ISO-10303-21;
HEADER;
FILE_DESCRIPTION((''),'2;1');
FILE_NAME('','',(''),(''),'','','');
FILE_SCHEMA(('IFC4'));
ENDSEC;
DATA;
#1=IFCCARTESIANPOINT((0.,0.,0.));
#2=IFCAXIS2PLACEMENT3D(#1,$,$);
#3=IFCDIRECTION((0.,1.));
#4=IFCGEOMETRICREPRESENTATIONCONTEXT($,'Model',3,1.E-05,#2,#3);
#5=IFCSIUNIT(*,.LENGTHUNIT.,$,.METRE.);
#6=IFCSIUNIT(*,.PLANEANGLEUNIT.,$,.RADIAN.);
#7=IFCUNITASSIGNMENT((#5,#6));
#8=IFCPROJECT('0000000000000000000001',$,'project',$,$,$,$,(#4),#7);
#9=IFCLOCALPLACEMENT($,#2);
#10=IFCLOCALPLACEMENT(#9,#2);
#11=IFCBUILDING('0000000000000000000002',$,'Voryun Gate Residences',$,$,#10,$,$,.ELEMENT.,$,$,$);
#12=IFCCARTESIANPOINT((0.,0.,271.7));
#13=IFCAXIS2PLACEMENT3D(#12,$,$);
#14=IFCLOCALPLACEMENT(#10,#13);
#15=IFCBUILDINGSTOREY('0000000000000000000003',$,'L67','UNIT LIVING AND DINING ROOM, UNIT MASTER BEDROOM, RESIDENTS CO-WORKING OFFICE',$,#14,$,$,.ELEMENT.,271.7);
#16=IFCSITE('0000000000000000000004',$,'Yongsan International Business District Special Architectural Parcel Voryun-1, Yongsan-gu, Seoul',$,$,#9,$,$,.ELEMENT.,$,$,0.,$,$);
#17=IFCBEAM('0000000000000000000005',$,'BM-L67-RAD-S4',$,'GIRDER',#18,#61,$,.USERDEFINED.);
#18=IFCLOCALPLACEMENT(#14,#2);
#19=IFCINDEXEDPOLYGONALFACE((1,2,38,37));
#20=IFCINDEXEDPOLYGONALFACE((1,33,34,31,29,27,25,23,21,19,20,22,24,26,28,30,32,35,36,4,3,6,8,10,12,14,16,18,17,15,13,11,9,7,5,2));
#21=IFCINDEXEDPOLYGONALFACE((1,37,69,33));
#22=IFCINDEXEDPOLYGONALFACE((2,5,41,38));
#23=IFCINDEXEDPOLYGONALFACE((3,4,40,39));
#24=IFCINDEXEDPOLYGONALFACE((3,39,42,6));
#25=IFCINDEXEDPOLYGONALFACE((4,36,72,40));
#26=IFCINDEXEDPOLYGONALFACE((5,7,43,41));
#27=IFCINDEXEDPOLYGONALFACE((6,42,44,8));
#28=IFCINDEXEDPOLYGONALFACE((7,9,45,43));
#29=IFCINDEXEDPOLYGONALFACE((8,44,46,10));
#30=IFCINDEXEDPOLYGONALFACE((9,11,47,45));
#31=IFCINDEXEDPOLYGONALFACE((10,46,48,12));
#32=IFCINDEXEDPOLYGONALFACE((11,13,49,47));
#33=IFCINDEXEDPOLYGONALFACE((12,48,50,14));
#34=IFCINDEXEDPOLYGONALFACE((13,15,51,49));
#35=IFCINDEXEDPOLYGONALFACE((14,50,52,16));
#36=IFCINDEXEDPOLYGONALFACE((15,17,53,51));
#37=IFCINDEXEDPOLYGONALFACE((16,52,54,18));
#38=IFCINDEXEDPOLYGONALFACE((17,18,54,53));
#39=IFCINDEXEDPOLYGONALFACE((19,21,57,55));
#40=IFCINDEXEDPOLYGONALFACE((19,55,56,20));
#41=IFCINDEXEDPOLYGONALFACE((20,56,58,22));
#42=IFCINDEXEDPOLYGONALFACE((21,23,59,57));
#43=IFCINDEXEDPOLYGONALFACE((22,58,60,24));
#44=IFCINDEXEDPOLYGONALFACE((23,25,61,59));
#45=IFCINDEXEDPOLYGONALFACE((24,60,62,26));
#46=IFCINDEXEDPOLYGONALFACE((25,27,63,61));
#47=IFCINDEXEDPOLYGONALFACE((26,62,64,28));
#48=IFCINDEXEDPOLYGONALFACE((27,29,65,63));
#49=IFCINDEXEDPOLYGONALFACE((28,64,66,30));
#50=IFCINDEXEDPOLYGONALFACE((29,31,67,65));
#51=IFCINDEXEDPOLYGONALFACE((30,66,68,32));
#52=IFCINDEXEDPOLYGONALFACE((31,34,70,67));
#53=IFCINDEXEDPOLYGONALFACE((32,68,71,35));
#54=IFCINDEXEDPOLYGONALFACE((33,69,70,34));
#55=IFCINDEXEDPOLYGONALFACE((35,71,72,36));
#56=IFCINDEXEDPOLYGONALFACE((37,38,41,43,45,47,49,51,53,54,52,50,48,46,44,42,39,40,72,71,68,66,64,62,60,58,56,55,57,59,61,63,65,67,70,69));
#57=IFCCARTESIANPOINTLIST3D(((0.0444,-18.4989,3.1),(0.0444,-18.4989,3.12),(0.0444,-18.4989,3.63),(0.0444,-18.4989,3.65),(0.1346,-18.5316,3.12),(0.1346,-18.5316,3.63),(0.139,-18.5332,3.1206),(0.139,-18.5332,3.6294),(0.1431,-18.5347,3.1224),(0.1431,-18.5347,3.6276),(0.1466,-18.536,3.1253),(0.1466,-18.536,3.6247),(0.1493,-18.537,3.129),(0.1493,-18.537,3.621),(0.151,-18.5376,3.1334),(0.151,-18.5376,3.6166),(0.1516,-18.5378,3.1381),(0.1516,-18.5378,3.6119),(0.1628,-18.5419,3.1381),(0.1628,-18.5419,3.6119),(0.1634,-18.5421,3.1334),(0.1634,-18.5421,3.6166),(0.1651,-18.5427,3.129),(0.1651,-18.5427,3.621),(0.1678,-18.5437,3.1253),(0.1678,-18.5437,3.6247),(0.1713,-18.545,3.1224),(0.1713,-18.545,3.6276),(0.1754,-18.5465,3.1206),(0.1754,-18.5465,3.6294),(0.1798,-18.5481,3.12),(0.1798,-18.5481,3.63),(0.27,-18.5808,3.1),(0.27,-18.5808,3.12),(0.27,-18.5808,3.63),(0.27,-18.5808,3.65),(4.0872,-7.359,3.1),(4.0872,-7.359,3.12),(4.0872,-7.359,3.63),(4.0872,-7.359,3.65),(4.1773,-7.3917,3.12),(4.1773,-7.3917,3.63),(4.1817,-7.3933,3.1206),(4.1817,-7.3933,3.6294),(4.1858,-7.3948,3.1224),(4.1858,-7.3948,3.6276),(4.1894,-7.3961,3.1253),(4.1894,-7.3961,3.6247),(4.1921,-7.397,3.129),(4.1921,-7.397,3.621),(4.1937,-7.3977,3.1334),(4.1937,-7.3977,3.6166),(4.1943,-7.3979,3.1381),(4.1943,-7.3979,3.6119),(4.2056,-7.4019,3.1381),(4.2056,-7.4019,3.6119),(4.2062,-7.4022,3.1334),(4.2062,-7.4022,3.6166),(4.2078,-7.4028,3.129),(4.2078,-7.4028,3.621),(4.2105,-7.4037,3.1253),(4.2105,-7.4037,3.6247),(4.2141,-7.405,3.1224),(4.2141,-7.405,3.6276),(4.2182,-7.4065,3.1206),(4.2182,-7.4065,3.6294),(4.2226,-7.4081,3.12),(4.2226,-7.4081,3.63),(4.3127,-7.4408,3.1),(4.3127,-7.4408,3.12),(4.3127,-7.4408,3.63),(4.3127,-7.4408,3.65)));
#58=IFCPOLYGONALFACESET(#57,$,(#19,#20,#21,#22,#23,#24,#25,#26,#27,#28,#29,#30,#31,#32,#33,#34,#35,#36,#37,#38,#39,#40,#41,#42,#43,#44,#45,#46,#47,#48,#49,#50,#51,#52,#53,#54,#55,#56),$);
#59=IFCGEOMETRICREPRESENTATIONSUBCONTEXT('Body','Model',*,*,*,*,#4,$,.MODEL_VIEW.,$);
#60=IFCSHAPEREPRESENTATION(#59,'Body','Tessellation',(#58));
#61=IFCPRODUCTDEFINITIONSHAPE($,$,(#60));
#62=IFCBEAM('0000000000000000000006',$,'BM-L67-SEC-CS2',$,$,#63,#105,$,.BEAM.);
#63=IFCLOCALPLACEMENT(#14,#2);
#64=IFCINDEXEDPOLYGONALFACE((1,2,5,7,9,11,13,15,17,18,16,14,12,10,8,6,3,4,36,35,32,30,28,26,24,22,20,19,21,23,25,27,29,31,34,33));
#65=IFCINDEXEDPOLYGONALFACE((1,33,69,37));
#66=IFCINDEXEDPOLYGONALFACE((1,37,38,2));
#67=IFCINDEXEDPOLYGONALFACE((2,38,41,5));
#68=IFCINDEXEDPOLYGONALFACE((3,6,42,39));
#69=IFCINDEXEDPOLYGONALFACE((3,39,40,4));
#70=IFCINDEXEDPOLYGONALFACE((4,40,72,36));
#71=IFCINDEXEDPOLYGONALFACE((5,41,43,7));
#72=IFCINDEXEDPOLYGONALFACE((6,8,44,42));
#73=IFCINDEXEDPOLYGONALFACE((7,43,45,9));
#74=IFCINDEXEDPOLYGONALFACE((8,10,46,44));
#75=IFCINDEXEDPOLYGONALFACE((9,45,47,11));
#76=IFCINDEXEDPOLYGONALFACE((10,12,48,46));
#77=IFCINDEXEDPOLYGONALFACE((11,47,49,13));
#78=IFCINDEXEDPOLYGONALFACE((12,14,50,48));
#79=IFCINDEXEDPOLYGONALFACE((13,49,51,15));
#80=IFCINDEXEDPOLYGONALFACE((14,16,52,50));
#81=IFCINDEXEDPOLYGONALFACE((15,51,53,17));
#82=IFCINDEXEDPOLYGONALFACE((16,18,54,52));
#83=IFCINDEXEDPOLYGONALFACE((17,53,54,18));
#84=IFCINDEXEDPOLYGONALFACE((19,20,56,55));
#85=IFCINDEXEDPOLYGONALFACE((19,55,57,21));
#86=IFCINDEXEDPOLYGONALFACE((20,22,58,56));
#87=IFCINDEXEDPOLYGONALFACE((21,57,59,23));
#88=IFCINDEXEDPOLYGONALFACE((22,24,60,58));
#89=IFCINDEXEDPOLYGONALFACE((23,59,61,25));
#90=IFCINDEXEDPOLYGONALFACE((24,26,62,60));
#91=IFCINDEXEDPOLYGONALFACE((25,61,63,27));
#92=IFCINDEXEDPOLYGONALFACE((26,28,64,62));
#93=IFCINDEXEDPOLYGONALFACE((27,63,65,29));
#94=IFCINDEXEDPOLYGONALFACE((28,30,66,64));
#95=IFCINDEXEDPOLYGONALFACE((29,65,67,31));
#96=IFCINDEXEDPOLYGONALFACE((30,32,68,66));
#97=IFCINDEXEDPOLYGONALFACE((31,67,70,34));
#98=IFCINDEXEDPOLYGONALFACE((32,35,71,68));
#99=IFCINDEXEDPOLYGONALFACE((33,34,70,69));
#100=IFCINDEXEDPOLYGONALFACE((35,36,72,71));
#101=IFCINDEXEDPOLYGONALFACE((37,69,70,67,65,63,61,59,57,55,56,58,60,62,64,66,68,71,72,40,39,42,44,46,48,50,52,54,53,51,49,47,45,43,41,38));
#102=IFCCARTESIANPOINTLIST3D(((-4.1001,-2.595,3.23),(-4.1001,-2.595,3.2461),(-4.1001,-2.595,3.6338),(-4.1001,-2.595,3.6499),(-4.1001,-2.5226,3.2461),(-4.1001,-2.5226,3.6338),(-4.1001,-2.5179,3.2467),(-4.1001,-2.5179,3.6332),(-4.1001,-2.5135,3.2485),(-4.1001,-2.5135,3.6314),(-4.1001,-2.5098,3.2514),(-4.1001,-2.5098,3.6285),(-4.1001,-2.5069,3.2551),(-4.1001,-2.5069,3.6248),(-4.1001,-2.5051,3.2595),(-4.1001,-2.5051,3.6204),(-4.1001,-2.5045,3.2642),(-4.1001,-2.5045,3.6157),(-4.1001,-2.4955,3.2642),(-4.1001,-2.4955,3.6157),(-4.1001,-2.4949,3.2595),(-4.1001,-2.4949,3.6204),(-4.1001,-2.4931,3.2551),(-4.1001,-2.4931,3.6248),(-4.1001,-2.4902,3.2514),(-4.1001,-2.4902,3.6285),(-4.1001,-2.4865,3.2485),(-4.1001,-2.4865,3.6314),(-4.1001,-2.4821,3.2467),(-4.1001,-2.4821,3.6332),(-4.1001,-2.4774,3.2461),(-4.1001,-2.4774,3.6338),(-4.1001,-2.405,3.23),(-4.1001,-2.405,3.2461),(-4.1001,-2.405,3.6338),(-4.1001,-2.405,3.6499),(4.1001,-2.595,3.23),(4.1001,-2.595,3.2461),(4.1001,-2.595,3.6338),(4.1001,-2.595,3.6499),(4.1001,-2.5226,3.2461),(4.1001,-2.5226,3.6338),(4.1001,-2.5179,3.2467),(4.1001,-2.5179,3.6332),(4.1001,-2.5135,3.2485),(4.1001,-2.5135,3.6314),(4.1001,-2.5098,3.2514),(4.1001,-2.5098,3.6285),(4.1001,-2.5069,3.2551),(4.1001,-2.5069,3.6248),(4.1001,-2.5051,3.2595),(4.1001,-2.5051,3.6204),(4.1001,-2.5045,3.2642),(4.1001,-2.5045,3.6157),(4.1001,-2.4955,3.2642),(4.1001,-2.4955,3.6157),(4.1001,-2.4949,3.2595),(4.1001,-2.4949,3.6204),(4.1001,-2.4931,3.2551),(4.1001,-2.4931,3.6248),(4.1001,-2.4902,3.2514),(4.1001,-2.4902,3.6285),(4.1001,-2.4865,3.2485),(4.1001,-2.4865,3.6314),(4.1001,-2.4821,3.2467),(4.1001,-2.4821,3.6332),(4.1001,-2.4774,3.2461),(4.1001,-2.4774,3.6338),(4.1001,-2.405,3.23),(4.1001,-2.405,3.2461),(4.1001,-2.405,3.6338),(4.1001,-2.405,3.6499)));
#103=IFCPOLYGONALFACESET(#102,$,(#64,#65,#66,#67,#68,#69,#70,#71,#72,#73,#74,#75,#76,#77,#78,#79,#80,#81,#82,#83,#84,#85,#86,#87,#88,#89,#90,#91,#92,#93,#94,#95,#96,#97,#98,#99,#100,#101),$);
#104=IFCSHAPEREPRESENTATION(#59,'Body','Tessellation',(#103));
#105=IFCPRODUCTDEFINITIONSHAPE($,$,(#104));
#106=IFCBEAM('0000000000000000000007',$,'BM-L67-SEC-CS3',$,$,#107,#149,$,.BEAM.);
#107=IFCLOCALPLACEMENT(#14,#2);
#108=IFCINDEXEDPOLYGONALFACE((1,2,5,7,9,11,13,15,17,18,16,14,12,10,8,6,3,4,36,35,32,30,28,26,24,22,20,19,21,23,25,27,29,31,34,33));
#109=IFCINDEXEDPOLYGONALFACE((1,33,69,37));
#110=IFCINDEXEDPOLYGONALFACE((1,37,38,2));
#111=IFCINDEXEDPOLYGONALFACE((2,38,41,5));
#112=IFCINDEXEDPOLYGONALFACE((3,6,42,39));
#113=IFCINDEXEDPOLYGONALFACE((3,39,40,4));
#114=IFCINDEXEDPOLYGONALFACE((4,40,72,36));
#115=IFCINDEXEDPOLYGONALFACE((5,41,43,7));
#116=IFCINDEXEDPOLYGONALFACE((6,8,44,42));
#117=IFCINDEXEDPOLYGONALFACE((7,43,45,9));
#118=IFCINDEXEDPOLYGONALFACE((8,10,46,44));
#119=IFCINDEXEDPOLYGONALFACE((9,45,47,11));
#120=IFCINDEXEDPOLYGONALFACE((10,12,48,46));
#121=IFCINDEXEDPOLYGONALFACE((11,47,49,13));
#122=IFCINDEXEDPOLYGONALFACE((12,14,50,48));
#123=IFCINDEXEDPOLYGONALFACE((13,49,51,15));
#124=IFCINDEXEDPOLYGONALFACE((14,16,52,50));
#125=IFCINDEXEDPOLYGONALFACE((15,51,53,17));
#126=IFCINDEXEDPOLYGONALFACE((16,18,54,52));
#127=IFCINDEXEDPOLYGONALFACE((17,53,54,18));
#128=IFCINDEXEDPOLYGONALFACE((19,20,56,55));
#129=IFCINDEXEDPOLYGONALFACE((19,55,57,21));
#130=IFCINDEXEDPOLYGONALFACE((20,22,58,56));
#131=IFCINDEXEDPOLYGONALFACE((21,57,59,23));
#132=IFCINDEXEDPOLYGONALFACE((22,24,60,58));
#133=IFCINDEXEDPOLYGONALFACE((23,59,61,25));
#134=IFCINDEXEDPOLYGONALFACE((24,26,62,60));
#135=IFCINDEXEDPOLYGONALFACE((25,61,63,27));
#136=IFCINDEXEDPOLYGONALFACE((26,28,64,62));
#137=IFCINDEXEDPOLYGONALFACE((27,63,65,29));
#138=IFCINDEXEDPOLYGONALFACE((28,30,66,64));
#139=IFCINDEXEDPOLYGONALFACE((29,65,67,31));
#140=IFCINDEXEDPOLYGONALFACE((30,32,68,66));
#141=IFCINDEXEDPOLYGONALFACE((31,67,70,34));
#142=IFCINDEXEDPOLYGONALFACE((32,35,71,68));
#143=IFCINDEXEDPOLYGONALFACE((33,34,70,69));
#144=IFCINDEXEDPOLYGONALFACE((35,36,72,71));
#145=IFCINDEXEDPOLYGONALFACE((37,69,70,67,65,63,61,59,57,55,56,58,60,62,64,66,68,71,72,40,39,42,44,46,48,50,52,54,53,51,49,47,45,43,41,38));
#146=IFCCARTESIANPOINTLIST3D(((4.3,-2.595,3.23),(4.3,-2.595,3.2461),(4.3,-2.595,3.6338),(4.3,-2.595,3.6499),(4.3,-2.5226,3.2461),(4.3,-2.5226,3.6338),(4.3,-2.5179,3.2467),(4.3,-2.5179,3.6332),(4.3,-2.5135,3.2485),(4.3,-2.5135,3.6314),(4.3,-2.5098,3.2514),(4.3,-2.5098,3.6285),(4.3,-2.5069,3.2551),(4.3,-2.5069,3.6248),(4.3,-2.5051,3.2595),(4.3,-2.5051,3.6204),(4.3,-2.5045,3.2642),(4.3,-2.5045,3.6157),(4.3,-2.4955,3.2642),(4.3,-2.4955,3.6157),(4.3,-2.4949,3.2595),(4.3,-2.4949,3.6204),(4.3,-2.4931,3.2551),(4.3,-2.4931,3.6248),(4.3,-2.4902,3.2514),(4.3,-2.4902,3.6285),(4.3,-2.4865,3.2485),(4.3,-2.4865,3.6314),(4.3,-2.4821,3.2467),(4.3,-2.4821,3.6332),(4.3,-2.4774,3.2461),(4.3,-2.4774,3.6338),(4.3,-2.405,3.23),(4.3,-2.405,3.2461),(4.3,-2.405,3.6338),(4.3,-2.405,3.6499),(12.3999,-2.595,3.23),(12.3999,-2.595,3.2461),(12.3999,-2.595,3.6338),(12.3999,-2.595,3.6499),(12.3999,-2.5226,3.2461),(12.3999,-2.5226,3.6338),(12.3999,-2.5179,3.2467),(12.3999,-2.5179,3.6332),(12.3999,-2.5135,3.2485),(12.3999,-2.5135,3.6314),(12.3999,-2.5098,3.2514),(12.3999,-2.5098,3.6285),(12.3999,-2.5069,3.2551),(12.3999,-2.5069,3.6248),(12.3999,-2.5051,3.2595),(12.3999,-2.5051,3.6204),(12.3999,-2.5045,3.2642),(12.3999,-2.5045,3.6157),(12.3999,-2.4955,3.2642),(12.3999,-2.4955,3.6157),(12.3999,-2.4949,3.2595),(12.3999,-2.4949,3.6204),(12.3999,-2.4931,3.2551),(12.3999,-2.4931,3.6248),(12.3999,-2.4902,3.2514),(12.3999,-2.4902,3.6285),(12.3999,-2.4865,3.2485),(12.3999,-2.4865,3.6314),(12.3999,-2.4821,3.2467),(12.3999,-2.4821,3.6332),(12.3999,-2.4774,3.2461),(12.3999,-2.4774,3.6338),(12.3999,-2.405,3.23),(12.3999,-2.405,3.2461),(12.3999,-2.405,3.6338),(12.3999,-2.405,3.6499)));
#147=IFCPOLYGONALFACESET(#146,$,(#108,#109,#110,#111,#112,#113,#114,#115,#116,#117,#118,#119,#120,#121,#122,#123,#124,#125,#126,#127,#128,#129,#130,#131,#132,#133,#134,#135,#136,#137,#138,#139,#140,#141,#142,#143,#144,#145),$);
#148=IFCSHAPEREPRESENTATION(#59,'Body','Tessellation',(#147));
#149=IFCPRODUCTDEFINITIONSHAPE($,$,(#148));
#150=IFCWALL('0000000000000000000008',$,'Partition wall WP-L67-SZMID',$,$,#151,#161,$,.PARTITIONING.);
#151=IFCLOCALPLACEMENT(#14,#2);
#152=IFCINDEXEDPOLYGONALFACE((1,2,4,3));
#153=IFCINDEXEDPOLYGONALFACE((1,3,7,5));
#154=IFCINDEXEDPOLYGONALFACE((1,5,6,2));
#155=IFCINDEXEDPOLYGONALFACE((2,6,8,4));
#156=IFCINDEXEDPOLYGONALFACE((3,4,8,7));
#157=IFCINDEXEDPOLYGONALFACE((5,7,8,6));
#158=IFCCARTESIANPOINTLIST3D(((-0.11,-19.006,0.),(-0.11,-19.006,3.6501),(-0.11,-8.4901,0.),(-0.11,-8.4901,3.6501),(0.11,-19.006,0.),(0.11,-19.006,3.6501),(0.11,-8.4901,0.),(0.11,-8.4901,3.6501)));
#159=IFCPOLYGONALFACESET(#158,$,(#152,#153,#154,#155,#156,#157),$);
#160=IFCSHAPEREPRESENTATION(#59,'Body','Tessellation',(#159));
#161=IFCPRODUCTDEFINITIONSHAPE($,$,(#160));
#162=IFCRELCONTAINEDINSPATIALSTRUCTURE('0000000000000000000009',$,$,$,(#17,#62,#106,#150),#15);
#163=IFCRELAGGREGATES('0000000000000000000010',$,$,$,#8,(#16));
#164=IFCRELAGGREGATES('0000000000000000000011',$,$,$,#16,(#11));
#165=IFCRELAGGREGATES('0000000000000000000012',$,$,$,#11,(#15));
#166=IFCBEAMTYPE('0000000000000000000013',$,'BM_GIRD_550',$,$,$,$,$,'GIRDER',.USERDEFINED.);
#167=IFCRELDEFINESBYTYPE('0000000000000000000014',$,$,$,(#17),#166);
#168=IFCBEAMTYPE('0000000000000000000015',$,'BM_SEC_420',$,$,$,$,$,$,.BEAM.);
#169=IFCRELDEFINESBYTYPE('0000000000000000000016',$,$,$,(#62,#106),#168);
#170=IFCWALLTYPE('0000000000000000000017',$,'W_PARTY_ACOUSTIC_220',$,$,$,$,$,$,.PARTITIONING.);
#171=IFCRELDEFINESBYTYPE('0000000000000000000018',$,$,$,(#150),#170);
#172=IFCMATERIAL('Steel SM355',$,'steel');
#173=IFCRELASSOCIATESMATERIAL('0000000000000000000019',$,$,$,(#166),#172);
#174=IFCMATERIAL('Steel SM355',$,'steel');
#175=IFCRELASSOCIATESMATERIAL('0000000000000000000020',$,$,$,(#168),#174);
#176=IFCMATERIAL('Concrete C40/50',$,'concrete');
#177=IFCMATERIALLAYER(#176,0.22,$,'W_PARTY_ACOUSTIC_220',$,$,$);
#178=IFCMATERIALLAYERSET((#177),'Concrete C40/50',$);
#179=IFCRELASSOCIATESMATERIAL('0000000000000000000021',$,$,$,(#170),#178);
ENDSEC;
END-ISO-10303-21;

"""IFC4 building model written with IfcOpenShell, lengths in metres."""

from ifc_helpers import new_model, si_unit, direction, frame, frame_2d, origin, origin_2d, place, context, subcontext, project, spatial, rectangle, i_section, extrude, material, layer, layer_set, material_profile, profile_set, type_object, element, save


model = new_model("IFC4")

# Units and contexts
model_context = context("Model", 3, precision=1e-05, world=origin(), true_north=direction((0.0, 1.0)))
body_context = subcontext(model_context, "Body", "Model", "MODEL_VIEW")
ifc_project = project(units=[si_unit("LENGTHUNIT", "METRE"), si_unit("PLANEANGLEUNIT", "RADIAN")], contexts=[model_context])

# Site, building, storey
site_placement = place(None, origin())
site = spatial("IfcSite", under=ifc_project, at=site_placement, Name="Yongsan International Business District Special Architectural Parcel Voryun-1, Yongsan-gu, Seoul", CompositionType="ELEMENT", RefElevation=0.0)
building_placement = place(site_placement, origin())
building = spatial("IfcBuilding", under=site, at=building_placement, Name="Voryun Gate Residences", CompositionType="ELEMENT")
storey_placement = place(building_placement, frame((0.0, 0.0, 271.7)))
storey = spatial("IfcBuildingStorey", under=building, at=storey_placement, Name="L67", Description="UNIT LIVING AND DINING ROOM, UNIT MASTER BEDROOM, RESIDENTS CO-WORKING OFFICE", CompositionType="ELEMENT", Elevation=271.7)

# Beams
ifc_material_1 = material(Name="Steel SM355", Category="steel")
ifc_material_profile_1 = material_profile(ifc_material_1, i_section(OverallWidth=0.24, OverallDepth=0.55, WebThickness=0.012, FlangeThickness=0.02, FilletRadius=0.0181, at=origin_2d()), Name="H-550x240x12x20")
ifc_profile_set_1 = profile_set([ifc_material_profile_1], Name="Steel SM355")
beam_type_1 = type_object("IfcBeamType", Name="BM_GIRD_550", ElementType="GIRDER", PredefinedType="USERDEFINED", material=ifc_profile_set_1)
beam_1_placement = place(storey_placement, frame((4.2, -7.3999, 3.375), z_axis=(-0.341136, -0.940014, 0.0), x_axis=(0.940014, -0.341136, 0.0)))
element("IfcBeam", 1, at=beam_1_placement, inside=storey, type_object=beam_type_1, Name="BM-L67-RAD-S4", ObjectType="GIRDER", PredefinedType="USERDEFINED", context=body_context, shape_type="SweptSolid", body=[
    extrude(i_section(OverallWidth=0.24, OverallDepth=0.55, WebThickness=0.012, FlangeThickness=0.02, FilletRadius=0.0181, at=origin_2d()), origin(), (0.0, 0.0, 1.0), 11.8508),
])
ifc_material_2 = material(Name="Steel SM355", Category="steel")
ifc_material_profile_2 = material_profile(ifc_material_2, i_section(OverallWidth=0.1899, OverallDepth=0.4199, WebThickness=0.009, FlangeThickness=0.0161, FilletRadius=0.0181, at=origin_2d()), Name="H-420x190x9x16")
ifc_profile_set_2 = profile_set([ifc_material_profile_2], Name="Steel SM355")
beam_type_2 = type_object("IfcBeamType", Name="BM_SEC_420", PredefinedType="BEAM", material=ifc_profile_set_2)
beam_2_placement = place(storey_placement, frame((-4.1001, -2.5, 3.4399), z_axis=(1.0, 0.0, 0.0), x_axis=(0.0, 1.0, 0.0)))
element("IfcBeam", 2, at=beam_2_placement, inside=storey, type_object=beam_type_2, Name="BM-L67-SEC-CS2", PredefinedType="BEAM", context=body_context, shape_type="SweptSolid", body=[
    extrude(i_section(OverallWidth=0.1899, OverallDepth=0.4199, WebThickness=0.009, FlangeThickness=0.0161, FilletRadius=0.0181, at=origin_2d()), origin(), (0.0, 0.0, 1.0), 8.2002),
])
beam_3_placement = place(storey_placement, frame((4.3, -2.5, 3.4399), z_axis=(1.0, 0.0, 0.0), x_axis=(0.0, 1.0, 0.0)))
element("IfcBeam", 3, at=beam_3_placement, inside=storey, type_object=beam_type_2, Name="BM-L67-SEC-CS3", PredefinedType="BEAM", context=body_context, shape_type="SweptSolid", body=[
    extrude(i_section(OverallWidth=0.1899, OverallDepth=0.4199, WebThickness=0.009, FlangeThickness=0.0161, FilletRadius=0.0181, at=origin_2d()), origin(), (0.0, 0.0, 1.0), 8.0999),
])

# Wall
ifc_material_3 = material(Name="Concrete C40/50", Category="concrete")
ifc_layer_1 = layer(ifc_material_3, 0.22, Name="W_PARTY_ACOUSTIC_220")
ifc_layer_set_1 = layer_set([ifc_layer_1], Name="Concrete C40/50")
wall_type_1 = type_object("IfcWallType", Name="W_PARTY_ACOUSTIC_220", PredefinedType="PARTITIONING", material=ifc_layer_set_1)
wall_1_placement = place(storey_placement, frame((0.0, -19.0059, 0.0), z_axis=(0.0, 0.0, 1.0), x_axis=(0.0, 1.0, 0.0)))
element("IfcWall", 4, at=wall_1_placement, inside=storey, type_object=wall_type_1, Name="Partition wall WP-L67-SZMID", PredefinedType="PARTITIONING", context=body_context, shape_type="SweptSolid", body=[
    extrude(rectangle(XDim=10.5159, YDim=0.22, at=frame_2d((5.2578, 0.0))), origin(), (0.0, 0.0, 1.0), 3.6501),
])

save(model, "model.ifc")
